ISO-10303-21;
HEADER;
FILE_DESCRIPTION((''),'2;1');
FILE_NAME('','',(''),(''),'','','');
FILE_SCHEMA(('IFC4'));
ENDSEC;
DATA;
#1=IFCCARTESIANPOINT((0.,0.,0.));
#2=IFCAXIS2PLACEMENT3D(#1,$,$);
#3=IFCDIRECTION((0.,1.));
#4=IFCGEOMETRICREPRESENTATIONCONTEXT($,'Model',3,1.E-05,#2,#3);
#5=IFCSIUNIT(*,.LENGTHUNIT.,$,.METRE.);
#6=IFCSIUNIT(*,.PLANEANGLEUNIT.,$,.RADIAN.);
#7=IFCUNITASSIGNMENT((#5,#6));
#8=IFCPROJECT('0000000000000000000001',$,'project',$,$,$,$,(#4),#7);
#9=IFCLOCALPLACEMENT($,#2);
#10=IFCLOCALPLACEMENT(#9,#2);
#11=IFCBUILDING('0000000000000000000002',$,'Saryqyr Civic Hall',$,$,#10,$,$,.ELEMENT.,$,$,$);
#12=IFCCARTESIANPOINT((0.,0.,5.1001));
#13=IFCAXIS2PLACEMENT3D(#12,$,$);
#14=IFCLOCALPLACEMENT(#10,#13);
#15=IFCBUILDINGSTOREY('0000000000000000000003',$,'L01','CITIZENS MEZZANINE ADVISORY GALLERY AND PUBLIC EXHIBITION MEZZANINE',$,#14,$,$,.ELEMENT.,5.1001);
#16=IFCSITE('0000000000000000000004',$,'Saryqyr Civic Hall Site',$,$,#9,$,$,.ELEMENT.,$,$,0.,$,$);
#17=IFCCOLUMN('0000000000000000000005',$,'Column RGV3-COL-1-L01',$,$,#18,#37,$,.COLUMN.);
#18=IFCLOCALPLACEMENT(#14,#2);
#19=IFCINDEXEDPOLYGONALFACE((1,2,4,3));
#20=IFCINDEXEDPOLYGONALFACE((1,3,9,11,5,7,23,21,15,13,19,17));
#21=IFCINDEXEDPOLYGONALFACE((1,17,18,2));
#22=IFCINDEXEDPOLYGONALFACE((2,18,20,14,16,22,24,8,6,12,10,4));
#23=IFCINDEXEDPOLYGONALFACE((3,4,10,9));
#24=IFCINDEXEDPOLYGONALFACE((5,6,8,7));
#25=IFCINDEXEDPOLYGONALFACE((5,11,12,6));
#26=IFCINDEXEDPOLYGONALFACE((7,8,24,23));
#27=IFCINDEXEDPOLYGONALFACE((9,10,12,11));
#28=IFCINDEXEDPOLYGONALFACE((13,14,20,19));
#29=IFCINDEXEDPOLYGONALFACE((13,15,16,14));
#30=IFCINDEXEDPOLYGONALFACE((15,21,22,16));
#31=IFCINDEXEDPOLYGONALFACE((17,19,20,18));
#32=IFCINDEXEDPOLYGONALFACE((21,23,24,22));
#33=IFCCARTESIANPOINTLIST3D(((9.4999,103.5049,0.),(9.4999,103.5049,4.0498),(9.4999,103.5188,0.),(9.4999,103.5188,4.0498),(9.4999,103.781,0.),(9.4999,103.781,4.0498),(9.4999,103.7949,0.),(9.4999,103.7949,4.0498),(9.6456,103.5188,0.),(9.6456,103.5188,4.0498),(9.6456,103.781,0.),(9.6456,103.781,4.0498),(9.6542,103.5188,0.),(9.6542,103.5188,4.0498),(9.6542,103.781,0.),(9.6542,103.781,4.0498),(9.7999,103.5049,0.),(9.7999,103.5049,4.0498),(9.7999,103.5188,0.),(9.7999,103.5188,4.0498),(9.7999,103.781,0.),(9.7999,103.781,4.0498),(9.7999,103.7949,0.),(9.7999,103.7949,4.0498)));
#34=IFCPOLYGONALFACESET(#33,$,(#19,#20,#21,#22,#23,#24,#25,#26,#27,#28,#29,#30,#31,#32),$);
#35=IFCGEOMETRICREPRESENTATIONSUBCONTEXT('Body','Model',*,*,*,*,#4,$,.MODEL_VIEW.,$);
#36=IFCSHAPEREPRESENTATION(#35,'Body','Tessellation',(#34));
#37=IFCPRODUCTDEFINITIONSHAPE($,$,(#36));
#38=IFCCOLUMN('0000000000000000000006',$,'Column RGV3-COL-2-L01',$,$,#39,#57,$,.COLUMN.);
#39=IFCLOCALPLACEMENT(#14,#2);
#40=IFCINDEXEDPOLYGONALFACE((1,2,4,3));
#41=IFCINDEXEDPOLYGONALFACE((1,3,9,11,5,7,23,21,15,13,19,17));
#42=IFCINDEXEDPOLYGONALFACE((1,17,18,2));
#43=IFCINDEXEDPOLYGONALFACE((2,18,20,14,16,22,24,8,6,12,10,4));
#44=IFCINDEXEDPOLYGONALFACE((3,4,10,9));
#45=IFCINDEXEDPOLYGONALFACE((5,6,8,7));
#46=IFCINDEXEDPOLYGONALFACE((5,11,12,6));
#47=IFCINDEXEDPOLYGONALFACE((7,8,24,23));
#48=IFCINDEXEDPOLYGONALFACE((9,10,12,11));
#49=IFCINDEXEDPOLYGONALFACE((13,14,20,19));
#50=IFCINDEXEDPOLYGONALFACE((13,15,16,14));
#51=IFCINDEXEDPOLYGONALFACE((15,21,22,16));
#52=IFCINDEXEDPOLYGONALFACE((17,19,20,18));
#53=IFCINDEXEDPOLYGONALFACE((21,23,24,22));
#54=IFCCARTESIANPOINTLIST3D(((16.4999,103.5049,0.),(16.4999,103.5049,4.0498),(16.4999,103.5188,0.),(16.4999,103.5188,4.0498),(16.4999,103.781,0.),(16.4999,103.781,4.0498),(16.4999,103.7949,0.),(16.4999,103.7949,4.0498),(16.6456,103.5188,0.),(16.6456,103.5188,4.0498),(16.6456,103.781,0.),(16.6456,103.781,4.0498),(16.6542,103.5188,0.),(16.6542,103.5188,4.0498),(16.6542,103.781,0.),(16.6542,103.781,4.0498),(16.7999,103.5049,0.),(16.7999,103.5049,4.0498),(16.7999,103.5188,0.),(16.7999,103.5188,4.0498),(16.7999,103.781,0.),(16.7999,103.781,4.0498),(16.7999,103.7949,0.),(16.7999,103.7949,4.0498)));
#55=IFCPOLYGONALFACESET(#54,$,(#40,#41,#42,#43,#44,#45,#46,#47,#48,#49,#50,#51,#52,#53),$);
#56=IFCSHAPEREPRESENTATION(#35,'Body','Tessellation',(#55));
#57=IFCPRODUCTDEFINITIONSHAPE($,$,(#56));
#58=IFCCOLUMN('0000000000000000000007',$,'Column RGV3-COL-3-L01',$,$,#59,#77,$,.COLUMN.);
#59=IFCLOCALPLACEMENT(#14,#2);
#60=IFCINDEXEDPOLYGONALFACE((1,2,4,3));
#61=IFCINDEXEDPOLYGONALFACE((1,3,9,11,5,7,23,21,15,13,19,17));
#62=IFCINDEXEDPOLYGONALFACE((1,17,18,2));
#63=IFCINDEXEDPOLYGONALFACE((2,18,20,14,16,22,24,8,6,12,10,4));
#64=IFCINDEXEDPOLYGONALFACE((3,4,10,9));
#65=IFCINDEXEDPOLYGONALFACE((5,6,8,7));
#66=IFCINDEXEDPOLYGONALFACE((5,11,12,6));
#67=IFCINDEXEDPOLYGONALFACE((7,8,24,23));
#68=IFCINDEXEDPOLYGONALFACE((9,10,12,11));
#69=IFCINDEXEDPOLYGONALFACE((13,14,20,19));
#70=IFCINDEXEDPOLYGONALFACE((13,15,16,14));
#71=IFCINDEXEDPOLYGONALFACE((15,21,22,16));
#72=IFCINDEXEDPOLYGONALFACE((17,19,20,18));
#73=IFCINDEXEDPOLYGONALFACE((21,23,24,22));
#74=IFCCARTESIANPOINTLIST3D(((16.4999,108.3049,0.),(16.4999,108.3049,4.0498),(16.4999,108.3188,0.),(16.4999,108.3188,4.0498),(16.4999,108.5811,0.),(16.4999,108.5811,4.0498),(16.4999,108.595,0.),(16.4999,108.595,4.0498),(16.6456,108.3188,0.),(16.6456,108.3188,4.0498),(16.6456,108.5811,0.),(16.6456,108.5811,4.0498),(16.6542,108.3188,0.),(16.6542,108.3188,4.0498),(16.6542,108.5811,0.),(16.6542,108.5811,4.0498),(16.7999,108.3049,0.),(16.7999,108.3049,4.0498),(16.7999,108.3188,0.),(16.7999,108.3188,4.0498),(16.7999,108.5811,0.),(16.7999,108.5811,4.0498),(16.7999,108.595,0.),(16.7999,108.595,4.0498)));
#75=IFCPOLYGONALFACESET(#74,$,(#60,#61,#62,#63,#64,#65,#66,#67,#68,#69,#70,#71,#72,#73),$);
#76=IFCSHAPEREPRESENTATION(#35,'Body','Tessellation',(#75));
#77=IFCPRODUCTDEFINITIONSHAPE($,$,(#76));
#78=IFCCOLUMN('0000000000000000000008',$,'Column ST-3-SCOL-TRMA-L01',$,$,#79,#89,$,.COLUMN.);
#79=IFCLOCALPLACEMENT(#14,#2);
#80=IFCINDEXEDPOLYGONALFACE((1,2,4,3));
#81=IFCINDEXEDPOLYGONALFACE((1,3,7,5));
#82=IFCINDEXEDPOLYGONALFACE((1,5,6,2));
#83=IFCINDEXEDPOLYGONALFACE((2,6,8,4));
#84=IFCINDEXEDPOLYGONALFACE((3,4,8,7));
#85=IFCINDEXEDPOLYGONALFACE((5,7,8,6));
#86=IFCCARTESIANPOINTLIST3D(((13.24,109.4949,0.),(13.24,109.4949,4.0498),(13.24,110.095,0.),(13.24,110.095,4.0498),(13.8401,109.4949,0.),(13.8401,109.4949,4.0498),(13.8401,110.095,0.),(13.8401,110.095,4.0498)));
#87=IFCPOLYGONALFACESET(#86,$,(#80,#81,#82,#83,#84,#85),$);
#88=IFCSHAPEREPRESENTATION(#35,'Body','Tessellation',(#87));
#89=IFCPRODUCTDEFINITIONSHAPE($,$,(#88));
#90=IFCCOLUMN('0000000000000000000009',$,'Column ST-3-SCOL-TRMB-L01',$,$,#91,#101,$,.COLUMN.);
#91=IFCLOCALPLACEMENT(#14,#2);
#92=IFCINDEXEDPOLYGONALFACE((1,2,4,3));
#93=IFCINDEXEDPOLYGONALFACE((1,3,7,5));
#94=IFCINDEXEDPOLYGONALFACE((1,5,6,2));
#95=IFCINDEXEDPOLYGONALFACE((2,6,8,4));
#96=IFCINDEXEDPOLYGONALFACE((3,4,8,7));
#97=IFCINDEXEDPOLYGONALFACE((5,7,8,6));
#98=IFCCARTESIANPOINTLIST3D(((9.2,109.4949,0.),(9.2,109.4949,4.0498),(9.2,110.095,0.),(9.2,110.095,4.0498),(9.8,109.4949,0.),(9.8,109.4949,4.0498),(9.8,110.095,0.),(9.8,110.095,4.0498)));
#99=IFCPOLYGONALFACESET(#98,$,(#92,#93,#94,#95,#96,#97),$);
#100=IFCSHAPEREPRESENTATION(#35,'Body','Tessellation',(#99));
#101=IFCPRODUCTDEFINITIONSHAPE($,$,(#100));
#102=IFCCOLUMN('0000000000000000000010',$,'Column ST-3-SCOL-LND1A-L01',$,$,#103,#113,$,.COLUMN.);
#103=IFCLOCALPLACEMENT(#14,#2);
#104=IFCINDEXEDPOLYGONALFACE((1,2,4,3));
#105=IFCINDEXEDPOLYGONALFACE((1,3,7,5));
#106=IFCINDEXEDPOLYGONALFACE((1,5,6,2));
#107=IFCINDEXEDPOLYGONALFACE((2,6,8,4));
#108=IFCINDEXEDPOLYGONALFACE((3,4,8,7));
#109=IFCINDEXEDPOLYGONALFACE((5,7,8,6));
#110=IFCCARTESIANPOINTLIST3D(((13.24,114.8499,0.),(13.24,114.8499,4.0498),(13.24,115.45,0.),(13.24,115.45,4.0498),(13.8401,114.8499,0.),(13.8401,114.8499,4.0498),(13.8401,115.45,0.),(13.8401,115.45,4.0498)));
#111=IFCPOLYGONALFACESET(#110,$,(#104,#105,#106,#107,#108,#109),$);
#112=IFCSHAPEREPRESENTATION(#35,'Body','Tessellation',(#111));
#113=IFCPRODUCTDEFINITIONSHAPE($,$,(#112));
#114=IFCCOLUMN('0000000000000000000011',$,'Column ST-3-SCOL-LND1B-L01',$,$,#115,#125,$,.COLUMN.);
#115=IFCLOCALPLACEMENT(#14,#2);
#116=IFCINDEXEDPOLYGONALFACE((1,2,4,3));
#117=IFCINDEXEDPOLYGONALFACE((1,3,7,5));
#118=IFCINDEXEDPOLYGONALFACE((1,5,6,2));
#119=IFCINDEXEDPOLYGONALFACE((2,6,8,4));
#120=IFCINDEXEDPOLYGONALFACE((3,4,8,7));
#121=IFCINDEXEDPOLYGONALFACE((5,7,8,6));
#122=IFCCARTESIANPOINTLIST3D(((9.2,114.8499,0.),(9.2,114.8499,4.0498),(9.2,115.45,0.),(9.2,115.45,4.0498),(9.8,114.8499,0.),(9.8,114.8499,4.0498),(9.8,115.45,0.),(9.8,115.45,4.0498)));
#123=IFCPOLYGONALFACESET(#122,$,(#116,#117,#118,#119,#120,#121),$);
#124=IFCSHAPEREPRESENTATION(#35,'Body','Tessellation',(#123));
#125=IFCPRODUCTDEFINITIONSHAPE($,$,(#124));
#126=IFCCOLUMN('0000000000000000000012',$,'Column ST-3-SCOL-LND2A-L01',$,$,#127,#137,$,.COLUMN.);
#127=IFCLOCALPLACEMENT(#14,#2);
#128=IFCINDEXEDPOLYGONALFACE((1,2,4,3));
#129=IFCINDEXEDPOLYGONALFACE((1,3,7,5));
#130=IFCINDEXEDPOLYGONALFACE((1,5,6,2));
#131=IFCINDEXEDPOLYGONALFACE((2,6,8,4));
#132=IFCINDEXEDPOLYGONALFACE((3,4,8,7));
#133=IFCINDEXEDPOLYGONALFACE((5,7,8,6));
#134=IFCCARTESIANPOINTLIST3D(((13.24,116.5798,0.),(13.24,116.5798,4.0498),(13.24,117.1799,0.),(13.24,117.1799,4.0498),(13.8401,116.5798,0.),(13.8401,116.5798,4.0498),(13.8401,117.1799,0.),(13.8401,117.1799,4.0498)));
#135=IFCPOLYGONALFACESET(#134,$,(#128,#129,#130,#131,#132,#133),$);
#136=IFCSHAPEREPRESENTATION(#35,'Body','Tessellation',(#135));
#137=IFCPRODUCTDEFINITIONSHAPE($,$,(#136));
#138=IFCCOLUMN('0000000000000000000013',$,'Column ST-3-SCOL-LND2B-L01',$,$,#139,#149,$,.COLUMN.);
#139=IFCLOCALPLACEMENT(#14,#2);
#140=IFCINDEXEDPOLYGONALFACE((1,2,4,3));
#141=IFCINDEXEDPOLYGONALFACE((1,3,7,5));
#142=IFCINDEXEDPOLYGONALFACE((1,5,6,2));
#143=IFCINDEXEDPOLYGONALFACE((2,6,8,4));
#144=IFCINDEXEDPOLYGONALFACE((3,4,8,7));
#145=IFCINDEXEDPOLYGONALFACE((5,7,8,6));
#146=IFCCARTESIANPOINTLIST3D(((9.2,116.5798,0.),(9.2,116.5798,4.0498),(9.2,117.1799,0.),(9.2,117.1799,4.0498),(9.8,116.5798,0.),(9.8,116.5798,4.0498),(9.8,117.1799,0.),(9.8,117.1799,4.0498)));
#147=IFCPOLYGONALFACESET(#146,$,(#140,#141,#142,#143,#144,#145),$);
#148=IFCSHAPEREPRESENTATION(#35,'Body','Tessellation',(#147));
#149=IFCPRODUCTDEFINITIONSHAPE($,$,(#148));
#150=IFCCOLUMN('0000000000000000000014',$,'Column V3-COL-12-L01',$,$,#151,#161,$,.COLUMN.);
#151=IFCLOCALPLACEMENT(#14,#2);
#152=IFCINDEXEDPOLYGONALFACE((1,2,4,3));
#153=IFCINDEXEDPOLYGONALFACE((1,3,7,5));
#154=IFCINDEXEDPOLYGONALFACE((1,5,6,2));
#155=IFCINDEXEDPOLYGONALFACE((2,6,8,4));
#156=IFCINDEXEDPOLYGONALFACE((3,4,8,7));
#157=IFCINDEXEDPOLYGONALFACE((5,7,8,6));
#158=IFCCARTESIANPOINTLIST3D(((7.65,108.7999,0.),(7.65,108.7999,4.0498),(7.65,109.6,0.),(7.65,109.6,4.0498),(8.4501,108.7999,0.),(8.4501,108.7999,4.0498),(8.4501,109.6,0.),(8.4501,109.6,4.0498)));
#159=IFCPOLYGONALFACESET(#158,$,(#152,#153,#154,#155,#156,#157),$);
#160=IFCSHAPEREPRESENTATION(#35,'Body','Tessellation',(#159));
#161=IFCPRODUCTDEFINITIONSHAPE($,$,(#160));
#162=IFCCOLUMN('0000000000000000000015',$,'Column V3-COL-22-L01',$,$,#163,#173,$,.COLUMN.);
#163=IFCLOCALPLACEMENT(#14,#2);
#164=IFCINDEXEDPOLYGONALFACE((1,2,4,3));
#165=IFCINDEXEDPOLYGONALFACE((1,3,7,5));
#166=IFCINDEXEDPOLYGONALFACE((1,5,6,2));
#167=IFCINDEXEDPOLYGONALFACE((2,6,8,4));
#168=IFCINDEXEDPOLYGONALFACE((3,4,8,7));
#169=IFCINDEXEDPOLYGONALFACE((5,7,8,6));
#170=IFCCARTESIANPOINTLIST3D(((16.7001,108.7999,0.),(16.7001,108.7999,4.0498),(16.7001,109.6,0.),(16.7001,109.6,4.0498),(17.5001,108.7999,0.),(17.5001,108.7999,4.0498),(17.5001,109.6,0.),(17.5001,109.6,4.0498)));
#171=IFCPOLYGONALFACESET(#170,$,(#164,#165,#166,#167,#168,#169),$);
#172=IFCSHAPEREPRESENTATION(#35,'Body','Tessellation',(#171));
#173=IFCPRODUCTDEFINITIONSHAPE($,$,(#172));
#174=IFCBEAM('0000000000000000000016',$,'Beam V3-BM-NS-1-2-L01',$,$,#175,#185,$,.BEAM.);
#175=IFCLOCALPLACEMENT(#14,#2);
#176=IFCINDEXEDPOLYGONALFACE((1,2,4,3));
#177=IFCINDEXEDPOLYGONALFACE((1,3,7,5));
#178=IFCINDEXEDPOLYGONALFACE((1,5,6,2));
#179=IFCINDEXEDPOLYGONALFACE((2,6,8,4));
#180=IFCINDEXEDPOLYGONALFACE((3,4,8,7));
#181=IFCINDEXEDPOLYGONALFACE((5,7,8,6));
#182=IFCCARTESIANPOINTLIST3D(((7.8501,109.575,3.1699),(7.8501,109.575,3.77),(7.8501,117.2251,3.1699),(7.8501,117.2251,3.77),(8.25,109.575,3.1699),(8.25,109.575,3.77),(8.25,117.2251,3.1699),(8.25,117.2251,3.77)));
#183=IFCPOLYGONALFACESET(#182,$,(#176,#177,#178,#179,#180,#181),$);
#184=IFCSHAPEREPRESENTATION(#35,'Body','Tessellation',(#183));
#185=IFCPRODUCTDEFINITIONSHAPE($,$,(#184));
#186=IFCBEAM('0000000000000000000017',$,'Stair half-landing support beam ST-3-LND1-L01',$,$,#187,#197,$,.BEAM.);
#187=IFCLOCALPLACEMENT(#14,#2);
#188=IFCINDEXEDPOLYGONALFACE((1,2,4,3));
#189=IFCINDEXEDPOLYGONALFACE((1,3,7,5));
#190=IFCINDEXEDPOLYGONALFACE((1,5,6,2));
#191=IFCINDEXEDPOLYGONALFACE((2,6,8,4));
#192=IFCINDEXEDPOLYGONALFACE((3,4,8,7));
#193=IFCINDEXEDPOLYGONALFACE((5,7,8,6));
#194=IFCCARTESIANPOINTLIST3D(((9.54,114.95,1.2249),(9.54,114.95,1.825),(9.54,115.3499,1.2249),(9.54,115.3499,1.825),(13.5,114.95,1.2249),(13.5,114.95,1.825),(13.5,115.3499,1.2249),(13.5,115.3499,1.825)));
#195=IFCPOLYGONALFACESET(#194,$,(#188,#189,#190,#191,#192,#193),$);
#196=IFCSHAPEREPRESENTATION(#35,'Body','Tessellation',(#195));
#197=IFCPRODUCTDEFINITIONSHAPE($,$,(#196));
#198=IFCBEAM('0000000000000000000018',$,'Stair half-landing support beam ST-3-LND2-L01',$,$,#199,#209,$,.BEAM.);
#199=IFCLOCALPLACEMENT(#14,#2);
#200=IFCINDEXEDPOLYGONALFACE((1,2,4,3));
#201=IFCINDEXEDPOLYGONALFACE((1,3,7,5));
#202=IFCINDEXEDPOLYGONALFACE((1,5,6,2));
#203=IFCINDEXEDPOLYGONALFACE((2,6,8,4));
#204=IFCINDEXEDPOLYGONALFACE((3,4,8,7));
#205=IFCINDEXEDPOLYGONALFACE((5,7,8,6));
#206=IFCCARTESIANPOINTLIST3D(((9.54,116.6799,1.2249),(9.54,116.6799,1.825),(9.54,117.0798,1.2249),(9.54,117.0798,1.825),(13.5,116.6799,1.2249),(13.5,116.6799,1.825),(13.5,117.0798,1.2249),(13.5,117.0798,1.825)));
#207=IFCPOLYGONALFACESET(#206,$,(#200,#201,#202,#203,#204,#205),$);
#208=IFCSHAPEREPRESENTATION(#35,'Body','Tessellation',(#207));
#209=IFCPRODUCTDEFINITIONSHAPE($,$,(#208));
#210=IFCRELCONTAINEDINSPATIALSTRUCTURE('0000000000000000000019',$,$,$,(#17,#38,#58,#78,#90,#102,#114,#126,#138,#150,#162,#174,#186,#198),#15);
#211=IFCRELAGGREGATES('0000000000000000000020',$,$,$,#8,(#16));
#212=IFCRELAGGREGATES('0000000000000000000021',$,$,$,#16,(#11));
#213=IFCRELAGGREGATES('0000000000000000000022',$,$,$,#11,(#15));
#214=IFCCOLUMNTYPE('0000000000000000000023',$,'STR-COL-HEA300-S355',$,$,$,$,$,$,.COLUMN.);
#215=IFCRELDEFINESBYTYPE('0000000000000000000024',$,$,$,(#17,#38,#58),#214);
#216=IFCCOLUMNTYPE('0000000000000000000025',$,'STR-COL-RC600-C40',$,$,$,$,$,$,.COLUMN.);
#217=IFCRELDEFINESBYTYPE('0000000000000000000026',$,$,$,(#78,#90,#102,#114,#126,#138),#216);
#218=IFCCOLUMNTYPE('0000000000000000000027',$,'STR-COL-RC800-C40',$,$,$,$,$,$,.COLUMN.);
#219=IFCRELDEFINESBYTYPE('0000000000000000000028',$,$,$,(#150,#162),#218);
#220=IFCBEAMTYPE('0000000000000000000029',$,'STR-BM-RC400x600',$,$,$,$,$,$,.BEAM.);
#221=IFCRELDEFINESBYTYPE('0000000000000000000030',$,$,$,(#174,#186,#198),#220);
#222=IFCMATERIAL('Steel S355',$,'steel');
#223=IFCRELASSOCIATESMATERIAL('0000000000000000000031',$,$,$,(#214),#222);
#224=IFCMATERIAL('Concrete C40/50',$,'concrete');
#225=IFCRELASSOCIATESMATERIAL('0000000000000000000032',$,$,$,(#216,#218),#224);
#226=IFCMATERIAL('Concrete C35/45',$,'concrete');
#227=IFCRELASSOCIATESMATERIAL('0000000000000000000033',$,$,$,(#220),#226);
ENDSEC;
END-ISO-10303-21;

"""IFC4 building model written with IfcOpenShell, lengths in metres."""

from ifc_helpers import new_model, si_unit, direction, frame, origin, origin_2d, place, context, subcontext, project, spatial, rectangle, i_section, extrude, material, material_profile, profile_set, type_object, element, save


model = new_model("IFC4")

# Units and contexts
model_context = context("Model", 3, precision=1e-05, world=origin(), true_north=direction((0.0, 1.0)))
body_context = subcontext(model_context, "Body", "Model", "MODEL_VIEW")
ifc_project = project(units=[si_unit("LENGTHUNIT", "METRE"), si_unit("PLANEANGLEUNIT", "RADIAN")], contexts=[model_context])

# Site, building, storey
site_placement = place(None, origin())
site = spatial("IfcSite", under=ifc_project, at=site_placement, Name="Saryqyr Civic Hall Site", CompositionType="ELEMENT", RefElevation=0.0)
building_placement = place(site_placement, origin())
building = spatial("IfcBuilding", under=site, at=building_placement, Name="Saryqyr Civic Hall", CompositionType="ELEMENT")
storey_placement = place(building_placement, frame((0.0, 0.0, 5.1001)))
storey = spatial("IfcBuildingStorey", under=building, at=storey_placement, Name="L01", Description="CITIZENS MEZZANINE ADVISORY GALLERY AND PUBLIC EXHIBITION MEZZANINE", CompositionType="ELEMENT", Elevation=5.1001)

# Columns
ifc_material_1 = material(Name="Steel S355", Category="steel")
ifc_material_profile_1 = material_profile(ifc_material_1, i_section(OverallWidth=0.3, OverallDepth=0.29, WebThickness=0.0085, FlangeThickness=0.0139, at=origin_2d()), Name="HEA 300")
ifc_profile_set_1 = profile_set([ifc_material_profile_1], Name="Steel S355")
column_type_1 = type_object("IfcColumnType", Name="STR-COL-HEA300-S355", PredefinedType="COLUMN", material=ifc_profile_set_1)
for number, where, z_axis, x_axis, name in (
    (1, (9.6499, 103.6499, 0.0), (0.0, 0.0, 1.0), (1.0, 0.0, 0.0), "Column RGV3-COL-1-L01"),
    (2, (16.6499, 103.6499, 0.0), (0.0, 0.0, 1.0), (1.0, 0.0, 0.0), "Column RGV3-COL-2-L01"),
    (3, (16.6499, 108.45, 0.0), (0.0, 0.0, 1.0), (1.0, 0.0, 0.0), "Column RGV3-COL-3-L01"),
):
    element("IfcColumn", number, at=place(storey_placement, frame(where, z_axis=z_axis, x_axis=x_axis)), inside=storey, type_object=column_type_1, Name=name, PredefinedType="COLUMN", context=body_context, shape_type="SweptSolid", body=[
        extrude(i_section(OverallWidth=0.3, OverallDepth=0.29, WebThickness=0.0085, FlangeThickness=0.0139, at=origin_2d()), origin(), (0.0, 0.0, 1.0), 4.0498),
    ])
ifc_material_2 = material(Name="Concrete C40/50", Category="concrete")
ifc_material_profile_2 = material_profile(ifc_material_2, rectangle(XDim=0.6001, YDim=0.6001, at=origin_2d()), Name="RC 600x600")
ifc_profile_set_2 = profile_set([ifc_material_profile_2], Name="Concrete C40/50")
column_type_2 = type_object("IfcColumnType", Name="STR-COL-RC600-C40", PredefinedType="COLUMN", material=ifc_profile_set_2)
for number, where, z_axis, x_axis, name in (
    (4, (13.54, 109.7949, 0.0), (0.0, 0.0, 1.0), (1.0, 0.0, 0.0), "Column ST-3-SCOL-TRMA-L01"),
    (5, (9.5, 109.7949, 0.0), (0.0, 0.0, 1.0), (1.0, 0.0, 0.0), "Column ST-3-SCOL-TRMB-L01"),
    (6, (13.54, 115.1499, 0.0), (0.0, 0.0, 1.0), (1.0, 0.0, 0.0), "Column ST-3-SCOL-LND1A-L01"),
    (7, (9.5, 115.1499, 0.0), (0.0, 0.0, 1.0), (1.0, 0.0, 0.0), "Column ST-3-SCOL-LND1B-L01"),
    (8, (13.54, 116.8799, 0.0), (0.0, 0.0, 1.0), (1.0, 0.0, 0.0), "Column ST-3-SCOL-LND2A-L01"),
    (9, (9.5, 116.8799, 0.0), (0.0, 0.0, 1.0), (1.0, 0.0, 0.0), "Column ST-3-SCOL-LND2B-L01"),
):
    element("IfcColumn", number, at=place(storey_placement, frame(where, z_axis=z_axis, x_axis=x_axis)), inside=storey, type_object=column_type_2, Name=name, PredefinedType="COLUMN", context=body_context, shape_type="SweptSolid", body=[
        extrude(rectangle(XDim=0.6001, YDim=0.6001, at=origin_2d()), origin(), (0.0, 0.0, 1.0), 4.0498),
    ])
ifc_material_profile_3 = material_profile(ifc_material_2, rectangle(XDim=0.8, YDim=0.8, at=origin_2d()), Name="RC 800x800")
ifc_profile_set_3 = profile_set([ifc_material_profile_3], Name="Concrete C40/50")
column_type_3 = type_object("IfcColumnType", Name="STR-COL-RC800-C40", PredefinedType="COLUMN", material=ifc_profile_set_3)
for number, where, z_axis, x_axis, name in (
    (10, (8.05, 109.2, 0.0), (0.0, 0.0, 1.0), (1.0, 0.0, 0.0), "Column V3-COL-12-L01"),
    (11, (17.1001, 109.2, 0.0), (0.0, 0.0, 1.0), (1.0, 0.0, 0.0), "Column V3-COL-22-L01"),
):
    element("IfcColumn", number, at=place(storey_placement, frame(where, z_axis=z_axis, x_axis=x_axis)), inside=storey, type_object=column_type_3, Name=name, PredefinedType="COLUMN", context=body_context, shape_type="SweptSolid", body=[
        extrude(rectangle(XDim=0.8, YDim=0.8, at=origin_2d()), origin(), (0.0, 0.0, 1.0), 4.0498),
    ])

# Beams
ifc_material_3 = material(Name="Concrete C35/45", Category="concrete")
ifc_material_profile_4 = material_profile(ifc_material_3, rectangle(XDim=0.3999, YDim=0.6001, at=origin_2d()), Name="RC 400x600")
ifc_profile_set_4 = profile_set([ifc_material_profile_4], Name="Concrete C35/45")
beam_type_1 = type_object("IfcBeamType", Name="STR-BM-RC400x600", PredefinedType="BEAM", material=ifc_profile_set_4)
beam_1_placement = place(storey_placement, frame((8.05, 109.575, 3.47), z_axis=(0.0, 1.0, 0.0), x_axis=(-1.0, 0.0, 0.0)))
element("IfcBeam", 12, at=beam_1_placement, inside=storey, type_object=beam_type_1, Name="Beam V3-BM-NS-1-2-L01", PredefinedType="BEAM", context=body_context, shape_type="SweptSolid", body=[
    extrude(rectangle(XDim=0.3999, YDim=0.6001, at=origin_2d()), origin(), (0.0, 0.0, 1.0), 7.6501),
])
for number, where, z_axis, x_axis, name in (
    (13, (13.5, 115.1499, 1.5249), (-1.0, 0.0, 0.0), (0.0, -1.0, 0.0), "Stair half-landing support beam ST-3-LND1-L01"),
    (14, (13.5, 116.8799, 1.5249), (-1.0, 0.0, 0.0), (0.0, -1.0, 0.0), "Stair half-landing support beam ST-3-LND2-L01"),
):
    element("IfcBeam", number, at=place(storey_placement, frame(where, z_axis=z_axis, x_axis=x_axis)), inside=storey, type_object=beam_type_1, Name=name, PredefinedType="BEAM", context=body_context, shape_type="SweptSolid", body=[
        extrude(rectangle(XDim=0.3999, YDim=0.6001, at=origin_2d()), origin(), (0.0, 0.0, 1.0), 3.96),
    ])

save(model, "model.ifc")
